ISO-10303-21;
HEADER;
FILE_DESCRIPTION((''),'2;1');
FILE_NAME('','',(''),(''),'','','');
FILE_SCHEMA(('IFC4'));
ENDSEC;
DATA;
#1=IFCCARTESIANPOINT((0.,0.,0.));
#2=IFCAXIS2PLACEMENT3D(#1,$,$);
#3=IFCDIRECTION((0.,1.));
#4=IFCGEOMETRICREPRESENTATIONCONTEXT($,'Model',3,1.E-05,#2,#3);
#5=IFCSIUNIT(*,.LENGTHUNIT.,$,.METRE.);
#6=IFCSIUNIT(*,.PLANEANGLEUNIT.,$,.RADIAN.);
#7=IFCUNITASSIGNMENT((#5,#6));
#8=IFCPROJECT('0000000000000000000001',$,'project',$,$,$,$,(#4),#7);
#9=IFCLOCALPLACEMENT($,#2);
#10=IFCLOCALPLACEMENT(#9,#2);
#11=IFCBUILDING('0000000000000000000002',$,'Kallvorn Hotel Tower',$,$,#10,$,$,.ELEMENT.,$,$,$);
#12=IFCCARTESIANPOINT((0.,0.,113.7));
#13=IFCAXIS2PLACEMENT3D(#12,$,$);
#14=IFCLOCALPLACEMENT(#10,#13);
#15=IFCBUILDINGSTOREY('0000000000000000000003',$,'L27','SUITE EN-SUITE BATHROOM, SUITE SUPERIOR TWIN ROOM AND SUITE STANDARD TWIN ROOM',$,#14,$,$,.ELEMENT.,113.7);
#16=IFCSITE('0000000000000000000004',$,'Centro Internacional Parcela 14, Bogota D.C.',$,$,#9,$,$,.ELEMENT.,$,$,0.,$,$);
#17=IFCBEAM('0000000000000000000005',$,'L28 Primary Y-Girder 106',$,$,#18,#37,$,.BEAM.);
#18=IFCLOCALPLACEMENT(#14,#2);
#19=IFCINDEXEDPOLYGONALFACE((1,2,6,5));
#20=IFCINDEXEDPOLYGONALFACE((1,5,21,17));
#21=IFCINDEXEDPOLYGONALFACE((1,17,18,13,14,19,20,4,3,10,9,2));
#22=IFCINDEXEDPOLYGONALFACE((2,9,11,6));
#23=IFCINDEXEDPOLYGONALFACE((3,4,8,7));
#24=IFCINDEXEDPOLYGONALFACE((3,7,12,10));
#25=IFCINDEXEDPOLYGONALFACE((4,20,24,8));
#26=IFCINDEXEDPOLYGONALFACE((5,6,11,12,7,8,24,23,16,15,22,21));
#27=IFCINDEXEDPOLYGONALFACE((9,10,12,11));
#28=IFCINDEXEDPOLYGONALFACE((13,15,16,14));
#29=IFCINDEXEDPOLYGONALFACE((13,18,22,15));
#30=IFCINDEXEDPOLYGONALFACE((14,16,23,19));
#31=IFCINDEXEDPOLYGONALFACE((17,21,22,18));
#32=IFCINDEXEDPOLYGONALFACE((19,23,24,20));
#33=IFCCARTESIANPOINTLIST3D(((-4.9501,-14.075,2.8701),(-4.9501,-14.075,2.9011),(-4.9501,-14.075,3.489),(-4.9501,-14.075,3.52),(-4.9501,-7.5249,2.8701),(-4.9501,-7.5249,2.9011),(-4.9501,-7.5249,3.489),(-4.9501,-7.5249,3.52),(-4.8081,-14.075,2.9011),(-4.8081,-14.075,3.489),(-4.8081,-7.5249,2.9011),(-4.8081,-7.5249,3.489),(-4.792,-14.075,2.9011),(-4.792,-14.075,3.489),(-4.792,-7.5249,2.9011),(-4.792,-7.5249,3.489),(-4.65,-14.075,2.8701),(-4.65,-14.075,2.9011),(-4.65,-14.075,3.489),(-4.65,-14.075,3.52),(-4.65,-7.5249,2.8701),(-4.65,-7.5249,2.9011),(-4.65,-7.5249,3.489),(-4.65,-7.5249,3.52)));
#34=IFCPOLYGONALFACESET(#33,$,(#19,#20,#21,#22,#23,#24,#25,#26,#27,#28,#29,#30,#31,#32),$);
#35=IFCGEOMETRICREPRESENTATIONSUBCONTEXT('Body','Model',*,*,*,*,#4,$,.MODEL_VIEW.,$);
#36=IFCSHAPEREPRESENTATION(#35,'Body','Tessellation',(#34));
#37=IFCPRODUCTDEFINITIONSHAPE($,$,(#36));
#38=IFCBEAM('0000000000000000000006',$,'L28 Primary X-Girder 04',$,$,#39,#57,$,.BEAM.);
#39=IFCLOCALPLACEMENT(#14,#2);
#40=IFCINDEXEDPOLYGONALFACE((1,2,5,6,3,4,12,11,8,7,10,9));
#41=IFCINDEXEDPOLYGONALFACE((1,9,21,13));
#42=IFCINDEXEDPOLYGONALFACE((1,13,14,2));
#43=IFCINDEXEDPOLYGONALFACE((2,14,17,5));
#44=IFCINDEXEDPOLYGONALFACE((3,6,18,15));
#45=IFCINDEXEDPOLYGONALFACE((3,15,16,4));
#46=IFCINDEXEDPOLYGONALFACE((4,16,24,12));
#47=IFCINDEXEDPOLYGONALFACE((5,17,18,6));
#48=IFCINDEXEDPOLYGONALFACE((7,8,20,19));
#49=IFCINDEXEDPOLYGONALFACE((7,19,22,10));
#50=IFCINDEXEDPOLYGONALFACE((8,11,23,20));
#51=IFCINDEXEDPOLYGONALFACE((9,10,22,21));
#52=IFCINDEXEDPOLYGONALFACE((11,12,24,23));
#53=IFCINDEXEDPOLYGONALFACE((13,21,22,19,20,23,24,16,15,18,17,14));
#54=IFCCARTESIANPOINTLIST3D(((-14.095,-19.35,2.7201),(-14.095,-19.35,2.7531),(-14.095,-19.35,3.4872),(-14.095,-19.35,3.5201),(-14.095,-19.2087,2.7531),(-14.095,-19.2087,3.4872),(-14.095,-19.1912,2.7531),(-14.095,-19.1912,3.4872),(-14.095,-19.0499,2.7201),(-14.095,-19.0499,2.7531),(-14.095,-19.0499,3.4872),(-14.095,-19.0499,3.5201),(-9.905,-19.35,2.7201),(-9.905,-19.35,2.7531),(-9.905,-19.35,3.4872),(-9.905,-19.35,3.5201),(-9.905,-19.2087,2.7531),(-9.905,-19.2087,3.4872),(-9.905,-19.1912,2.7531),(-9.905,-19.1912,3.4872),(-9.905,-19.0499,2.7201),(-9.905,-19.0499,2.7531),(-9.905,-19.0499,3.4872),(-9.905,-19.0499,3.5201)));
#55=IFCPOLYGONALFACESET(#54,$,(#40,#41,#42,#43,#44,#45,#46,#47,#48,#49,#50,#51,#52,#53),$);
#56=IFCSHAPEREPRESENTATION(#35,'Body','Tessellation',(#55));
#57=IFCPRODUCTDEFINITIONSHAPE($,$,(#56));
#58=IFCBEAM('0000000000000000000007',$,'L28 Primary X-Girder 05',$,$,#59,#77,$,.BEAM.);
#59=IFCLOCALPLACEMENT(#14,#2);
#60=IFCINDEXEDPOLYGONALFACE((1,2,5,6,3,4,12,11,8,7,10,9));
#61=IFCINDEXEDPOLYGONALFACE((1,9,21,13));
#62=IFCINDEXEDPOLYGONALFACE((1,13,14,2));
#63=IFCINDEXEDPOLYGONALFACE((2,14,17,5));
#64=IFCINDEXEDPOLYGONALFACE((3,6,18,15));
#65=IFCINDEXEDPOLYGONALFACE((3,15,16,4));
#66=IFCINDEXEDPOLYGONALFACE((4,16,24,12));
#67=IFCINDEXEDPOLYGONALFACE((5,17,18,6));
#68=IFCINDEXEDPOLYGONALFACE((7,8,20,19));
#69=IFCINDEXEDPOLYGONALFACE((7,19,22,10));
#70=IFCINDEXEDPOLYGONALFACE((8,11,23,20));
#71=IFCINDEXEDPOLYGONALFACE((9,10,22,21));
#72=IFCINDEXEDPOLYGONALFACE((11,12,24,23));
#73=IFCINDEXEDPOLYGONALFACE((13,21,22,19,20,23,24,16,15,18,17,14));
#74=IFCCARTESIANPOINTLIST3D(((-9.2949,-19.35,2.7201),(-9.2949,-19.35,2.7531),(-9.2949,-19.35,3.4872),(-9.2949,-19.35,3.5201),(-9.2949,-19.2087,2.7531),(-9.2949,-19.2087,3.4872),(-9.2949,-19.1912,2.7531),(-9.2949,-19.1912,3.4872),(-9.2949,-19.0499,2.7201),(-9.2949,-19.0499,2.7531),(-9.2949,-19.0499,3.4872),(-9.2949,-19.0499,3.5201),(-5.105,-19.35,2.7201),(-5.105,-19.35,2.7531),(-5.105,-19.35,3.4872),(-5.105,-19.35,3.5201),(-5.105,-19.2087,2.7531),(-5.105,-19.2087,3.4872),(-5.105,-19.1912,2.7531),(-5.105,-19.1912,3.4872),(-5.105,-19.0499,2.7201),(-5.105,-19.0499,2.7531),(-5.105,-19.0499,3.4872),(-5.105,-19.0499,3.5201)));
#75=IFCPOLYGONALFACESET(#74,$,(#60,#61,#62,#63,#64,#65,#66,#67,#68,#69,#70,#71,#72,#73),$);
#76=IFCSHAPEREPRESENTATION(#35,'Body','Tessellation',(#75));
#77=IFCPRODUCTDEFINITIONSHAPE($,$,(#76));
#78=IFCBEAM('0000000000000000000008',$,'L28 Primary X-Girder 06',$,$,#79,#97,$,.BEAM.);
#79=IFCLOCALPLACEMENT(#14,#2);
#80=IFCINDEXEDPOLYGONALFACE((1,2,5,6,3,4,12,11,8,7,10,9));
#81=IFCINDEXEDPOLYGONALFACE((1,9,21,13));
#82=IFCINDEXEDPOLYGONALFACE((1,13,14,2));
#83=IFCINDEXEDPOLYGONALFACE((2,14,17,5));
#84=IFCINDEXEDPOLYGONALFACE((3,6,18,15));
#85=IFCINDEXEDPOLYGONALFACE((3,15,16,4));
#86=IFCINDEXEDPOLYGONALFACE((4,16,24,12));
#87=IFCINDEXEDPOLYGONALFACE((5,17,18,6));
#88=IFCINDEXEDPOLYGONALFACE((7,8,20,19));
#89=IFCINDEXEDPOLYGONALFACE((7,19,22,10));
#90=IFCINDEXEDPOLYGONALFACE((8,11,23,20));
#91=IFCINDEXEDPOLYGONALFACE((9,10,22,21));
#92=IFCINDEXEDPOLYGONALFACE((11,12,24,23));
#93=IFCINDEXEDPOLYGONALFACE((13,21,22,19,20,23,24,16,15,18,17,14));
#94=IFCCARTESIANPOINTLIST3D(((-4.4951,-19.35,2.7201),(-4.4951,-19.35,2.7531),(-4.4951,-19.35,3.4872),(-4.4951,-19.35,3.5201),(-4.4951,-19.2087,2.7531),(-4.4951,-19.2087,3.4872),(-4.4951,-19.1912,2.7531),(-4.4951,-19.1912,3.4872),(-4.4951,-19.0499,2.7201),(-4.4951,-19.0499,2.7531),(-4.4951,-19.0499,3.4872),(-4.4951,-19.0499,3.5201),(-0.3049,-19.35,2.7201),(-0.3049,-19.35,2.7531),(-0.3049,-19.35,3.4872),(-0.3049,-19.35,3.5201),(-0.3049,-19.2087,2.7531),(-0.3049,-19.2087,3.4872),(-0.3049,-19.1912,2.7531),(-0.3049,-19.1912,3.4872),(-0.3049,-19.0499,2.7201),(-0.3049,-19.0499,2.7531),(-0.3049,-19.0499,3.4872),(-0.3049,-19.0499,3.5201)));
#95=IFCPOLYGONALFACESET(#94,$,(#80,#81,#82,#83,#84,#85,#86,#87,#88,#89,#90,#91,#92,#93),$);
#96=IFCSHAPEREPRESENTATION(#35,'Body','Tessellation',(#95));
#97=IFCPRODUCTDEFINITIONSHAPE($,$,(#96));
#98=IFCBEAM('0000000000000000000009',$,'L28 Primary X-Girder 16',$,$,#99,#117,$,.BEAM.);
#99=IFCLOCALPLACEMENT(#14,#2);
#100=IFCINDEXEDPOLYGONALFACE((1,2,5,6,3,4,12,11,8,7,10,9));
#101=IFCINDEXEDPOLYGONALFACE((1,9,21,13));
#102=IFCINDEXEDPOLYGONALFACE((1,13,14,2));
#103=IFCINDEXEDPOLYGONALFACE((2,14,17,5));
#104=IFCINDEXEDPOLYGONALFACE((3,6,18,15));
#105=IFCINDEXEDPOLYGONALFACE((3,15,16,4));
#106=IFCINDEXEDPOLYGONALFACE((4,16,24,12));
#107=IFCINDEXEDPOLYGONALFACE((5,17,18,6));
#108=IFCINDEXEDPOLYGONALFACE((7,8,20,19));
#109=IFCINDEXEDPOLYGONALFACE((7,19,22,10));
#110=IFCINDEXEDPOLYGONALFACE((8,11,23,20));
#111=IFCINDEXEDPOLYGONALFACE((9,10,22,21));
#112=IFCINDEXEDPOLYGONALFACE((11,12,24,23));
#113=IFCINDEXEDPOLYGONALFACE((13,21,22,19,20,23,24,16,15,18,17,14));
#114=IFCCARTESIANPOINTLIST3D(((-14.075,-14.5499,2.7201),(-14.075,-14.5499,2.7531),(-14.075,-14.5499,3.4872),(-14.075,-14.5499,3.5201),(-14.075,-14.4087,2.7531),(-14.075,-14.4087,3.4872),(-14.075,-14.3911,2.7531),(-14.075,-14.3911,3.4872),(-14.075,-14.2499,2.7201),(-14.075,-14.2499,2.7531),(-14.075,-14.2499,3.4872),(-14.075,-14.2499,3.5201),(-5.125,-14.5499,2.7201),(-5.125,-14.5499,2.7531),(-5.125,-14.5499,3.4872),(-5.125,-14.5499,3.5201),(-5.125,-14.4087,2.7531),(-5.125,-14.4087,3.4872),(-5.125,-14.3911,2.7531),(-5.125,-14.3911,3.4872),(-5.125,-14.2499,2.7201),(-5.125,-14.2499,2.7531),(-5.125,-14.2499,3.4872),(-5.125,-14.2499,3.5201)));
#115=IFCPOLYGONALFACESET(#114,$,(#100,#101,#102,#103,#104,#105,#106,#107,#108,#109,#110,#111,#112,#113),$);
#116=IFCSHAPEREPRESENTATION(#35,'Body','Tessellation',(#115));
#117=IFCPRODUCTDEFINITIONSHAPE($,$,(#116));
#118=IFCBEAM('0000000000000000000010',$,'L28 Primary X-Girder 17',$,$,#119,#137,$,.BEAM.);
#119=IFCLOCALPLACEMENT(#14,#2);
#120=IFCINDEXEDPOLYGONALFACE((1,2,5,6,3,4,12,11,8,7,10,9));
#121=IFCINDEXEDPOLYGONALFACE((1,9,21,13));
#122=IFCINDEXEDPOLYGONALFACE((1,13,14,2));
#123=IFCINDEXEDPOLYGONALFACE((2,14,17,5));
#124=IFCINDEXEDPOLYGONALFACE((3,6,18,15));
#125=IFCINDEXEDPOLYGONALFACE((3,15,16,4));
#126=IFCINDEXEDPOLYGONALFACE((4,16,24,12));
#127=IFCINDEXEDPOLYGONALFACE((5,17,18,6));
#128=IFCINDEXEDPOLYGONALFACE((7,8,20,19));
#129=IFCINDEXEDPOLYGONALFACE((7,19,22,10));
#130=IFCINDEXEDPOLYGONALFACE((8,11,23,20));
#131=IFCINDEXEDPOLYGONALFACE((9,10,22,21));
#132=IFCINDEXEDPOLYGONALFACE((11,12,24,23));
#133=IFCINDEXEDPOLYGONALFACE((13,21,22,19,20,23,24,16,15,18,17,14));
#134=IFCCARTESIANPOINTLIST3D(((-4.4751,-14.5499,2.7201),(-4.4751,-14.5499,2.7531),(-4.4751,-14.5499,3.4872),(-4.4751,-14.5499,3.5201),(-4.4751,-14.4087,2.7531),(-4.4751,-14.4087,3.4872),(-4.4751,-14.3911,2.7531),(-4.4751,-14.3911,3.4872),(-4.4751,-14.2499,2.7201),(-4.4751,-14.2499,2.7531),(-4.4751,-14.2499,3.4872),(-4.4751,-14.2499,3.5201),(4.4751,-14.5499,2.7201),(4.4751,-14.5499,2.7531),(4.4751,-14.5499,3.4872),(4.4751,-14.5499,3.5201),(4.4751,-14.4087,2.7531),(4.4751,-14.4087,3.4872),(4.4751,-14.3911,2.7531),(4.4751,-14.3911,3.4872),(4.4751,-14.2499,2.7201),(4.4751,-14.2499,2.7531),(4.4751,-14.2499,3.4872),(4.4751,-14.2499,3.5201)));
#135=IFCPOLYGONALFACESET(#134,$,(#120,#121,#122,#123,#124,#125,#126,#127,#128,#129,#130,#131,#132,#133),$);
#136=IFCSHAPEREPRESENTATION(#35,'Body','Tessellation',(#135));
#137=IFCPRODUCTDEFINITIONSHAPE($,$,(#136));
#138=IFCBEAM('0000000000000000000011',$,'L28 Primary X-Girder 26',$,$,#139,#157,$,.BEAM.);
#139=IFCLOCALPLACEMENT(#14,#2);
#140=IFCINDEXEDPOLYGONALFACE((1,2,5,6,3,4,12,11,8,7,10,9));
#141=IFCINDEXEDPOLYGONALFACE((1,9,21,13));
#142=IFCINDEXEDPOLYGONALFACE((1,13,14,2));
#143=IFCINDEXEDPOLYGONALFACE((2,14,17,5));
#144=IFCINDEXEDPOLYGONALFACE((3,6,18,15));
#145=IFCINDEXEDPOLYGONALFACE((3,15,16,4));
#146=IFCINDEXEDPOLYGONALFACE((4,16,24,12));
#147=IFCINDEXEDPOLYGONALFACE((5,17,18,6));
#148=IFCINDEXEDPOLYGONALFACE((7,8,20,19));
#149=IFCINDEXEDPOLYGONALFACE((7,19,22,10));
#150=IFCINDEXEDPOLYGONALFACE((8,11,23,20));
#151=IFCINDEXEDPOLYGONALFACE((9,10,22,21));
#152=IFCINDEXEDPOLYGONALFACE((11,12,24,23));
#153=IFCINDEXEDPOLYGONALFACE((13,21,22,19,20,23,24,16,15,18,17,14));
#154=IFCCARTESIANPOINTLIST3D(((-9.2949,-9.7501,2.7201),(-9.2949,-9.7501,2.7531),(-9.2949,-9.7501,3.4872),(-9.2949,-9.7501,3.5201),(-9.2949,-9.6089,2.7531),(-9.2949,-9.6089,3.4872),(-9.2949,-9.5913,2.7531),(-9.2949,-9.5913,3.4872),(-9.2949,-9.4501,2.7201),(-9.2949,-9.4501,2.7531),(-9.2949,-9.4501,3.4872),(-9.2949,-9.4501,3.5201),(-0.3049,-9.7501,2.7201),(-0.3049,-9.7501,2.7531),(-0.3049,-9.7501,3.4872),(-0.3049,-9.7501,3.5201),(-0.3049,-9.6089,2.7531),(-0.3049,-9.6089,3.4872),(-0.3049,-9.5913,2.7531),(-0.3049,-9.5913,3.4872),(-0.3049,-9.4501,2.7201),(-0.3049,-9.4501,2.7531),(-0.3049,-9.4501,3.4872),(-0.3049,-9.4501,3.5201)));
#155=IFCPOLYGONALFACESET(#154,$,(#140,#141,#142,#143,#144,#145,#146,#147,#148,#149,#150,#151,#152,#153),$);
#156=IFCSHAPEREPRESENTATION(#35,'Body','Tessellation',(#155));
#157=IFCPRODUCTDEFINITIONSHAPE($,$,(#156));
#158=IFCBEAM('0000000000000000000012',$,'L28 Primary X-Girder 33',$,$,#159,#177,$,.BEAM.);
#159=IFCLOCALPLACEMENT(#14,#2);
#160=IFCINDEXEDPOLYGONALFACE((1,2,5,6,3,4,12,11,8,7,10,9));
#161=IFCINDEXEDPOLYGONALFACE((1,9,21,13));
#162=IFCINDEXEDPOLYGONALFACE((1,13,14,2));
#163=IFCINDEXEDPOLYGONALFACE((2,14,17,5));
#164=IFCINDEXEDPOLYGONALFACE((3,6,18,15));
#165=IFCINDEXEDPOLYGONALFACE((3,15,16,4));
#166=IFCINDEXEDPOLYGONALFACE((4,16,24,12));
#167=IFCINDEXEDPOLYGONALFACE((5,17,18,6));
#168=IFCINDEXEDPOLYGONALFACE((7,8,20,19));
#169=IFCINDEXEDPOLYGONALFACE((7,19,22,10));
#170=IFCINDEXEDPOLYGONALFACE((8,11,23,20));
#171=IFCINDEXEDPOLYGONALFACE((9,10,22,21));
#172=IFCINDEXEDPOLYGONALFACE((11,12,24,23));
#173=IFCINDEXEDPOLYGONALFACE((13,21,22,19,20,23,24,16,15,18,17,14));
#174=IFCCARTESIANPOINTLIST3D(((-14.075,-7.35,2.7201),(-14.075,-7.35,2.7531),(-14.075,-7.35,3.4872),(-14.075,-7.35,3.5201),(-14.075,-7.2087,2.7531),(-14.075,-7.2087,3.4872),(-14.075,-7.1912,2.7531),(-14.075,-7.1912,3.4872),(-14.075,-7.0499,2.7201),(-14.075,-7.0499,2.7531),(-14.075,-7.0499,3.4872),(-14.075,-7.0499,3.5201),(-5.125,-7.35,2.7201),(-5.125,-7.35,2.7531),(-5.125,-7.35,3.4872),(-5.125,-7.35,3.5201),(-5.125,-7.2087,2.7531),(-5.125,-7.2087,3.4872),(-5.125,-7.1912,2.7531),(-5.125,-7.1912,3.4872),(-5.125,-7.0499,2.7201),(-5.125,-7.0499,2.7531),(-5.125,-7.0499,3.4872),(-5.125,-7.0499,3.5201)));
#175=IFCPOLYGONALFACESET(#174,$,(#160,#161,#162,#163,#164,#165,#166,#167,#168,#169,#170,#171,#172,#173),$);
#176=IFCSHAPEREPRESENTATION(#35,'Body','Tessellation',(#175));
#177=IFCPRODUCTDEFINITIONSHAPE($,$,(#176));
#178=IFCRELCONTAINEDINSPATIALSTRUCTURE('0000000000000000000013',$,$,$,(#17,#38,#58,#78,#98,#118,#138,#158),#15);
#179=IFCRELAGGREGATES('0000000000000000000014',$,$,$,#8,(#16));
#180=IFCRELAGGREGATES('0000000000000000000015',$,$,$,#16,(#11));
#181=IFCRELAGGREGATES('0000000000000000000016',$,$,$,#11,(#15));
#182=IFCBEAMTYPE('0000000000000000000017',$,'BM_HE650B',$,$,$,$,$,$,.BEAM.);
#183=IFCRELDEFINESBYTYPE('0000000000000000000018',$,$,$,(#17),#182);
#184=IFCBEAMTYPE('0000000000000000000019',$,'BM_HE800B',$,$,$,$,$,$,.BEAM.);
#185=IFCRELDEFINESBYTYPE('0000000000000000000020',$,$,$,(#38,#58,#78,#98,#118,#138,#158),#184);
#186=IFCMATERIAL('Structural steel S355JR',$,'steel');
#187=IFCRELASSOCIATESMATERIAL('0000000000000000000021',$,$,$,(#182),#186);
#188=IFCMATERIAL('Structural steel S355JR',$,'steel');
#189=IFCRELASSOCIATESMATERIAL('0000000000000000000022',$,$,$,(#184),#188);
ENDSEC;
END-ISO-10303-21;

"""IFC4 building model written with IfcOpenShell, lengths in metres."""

from ifc_helpers import new_model, si_unit, direction, frame, origin, origin_2d, place, context, subcontext, project, spatial, i_section, extrude, material, material_profile, profile_set, type_object, element, save


model = new_model("IFC4")

# Units and contexts
model_context = context("Model", 3, precision=1e-05, world=origin(), true_north=direction((0.0, 1.0)))
body_context = subcontext(model_context, "Body", "Model", "MODEL_VIEW")
ifc_project = project(units=[si_unit("LENGTHUNIT", "METRE"), si_unit("PLANEANGLEUNIT", "RADIAN")], contexts=[model_context])

# Site, building, storey
site_placement = place(None, origin())
site = spatial("IfcSite", under=ifc_project, at=site_placement, Name="Centro Internacional Parcela 14, Bogota D.C.", CompositionType="ELEMENT", RefElevation=0.0)
building_placement = place(site_placement, origin())
building = spatial("IfcBuilding", under=site, at=building_placement, Name="Kallvorn Hotel Tower", CompositionType="ELEMENT")
storey_placement = place(building_placement, frame((0.0, 0.0, 113.7)))
storey = spatial("IfcBuildingStorey", under=building, at=storey_placement, Name="L27", Description="SUITE EN-SUITE BATHROOM, SUITE SUPERIOR TWIN ROOM AND SUITE STANDARD TWIN ROOM", CompositionType="ELEMENT", Elevation=113.7)

# Beams
ifc_material_1 = material(Name="Structural steel S355JR", Category="steel")
ifc_material_profile_1 = material_profile(ifc_material_1, i_section(OverallWidth=0.3, OverallDepth=0.6499, WebThickness=0.0161, FlangeThickness=0.031, at=origin_2d()), Name="HE 650 B")
ifc_profile_set_1 = profile_set([ifc_material_profile_1], Name="Structural steel S355JR")
beam_type_1 = type_object("IfcBeamType", Name="BM_HE650B", PredefinedType="BEAM", material=ifc_profile_set_1)
beam_1_placement = place(storey_placement, frame((-4.8, -14.075, 3.1951), z_axis=(0.0, 1.0, 0.0), x_axis=(-1.0, 0.0, 0.0)))
element("IfcBeam", 1, at=beam_1_placement, inside=storey, type_object=beam_type_1, Name="L28 Primary Y-Girder 106", PredefinedType="BEAM", context=body_context, shape_type="SweptSolid", body=[
    extrude(i_section(OverallWidth=0.3, OverallDepth=0.6499, WebThickness=0.0161, FlangeThickness=0.031, at=origin_2d()), origin(), (0.0, 0.0, 1.0), 6.55),
])
ifc_material_2 = material(Name="Structural steel S355JR", Category="steel")
ifc_material_profile_2 = material_profile(ifc_material_2, i_section(OverallWidth=0.3, OverallDepth=0.8, WebThickness=0.0176, FlangeThickness=0.033, at=origin_2d()), Name="HE 800 B")
ifc_profile_set_2 = profile_set([ifc_material_profile_2], Name="Structural steel S355JR")
beam_type_2 = type_object("IfcBeamType", Name="BM_HE800B", PredefinedType="BEAM", material=ifc_profile_set_2)
for number, where, z_axis, x_axis, name in (
    (2, (-14.095, -19.2, 3.1201), (1.0, 0.0, 0.0), (0.0, 1.0, 0.0), "L28 Primary X-Girder 04"),
    (3, (-9.2949, -19.2, 3.1201), (1.0, 0.0, 0.0), (0.0, 1.0, 0.0), "L28 Primary X-Girder 05"),
):
    element("IfcBeam", number, at=place(storey_placement, frame(where, z_axis=z_axis, x_axis=x_axis)), inside=storey, type_object=beam_type_2, Name=name, PredefinedType="BEAM", context=body_context, shape_type="SweptSolid", body=[
        extrude(i_section(OverallWidth=0.3, OverallDepth=0.8, WebThickness=0.0176, FlangeThickness=0.033, at=origin_2d()), origin(), (0.0, 0.0, 1.0), 4.1899),
    ])
beam_2_placement = place(storey_placement, frame((-4.4951, -19.2, 3.1201), z_axis=(1.0, 0.0, 0.0), x_axis=(0.0, 1.0, 0.0)))
element("IfcBeam", 4, at=beam_2_placement, inside=storey, type_object=beam_type_2, Name="L28 Primary X-Girder 06", PredefinedType="BEAM", context=body_context, shape_type="SweptSolid", body=[
    extrude(i_section(OverallWidth=0.3, OverallDepth=0.8, WebThickness=0.0176, FlangeThickness=0.033, at=origin_2d()), origin(), (0.0, 0.0, 1.0), 4.1902),
])
beam_3_placement = place(storey_placement, frame((-14.075, -14.3999, 3.1201), z_axis=(1.0, 0.0, 0.0), x_axis=(0.0, 1.0, 0.0)))
element("IfcBeam", 5, at=beam_3_placement, inside=storey, type_object=beam_type_2, Name="L28 Primary X-Girder 16", PredefinedType="BEAM", context=body_context, shape_type="SweptSolid", body=[
    extrude(i_section(OverallWidth=0.3, OverallDepth=0.8, WebThickness=0.0176, FlangeThickness=0.033, at=origin_2d()), origin(), (0.0, 0.0, 1.0), 8.95),
])
beam_4_placement = place(storey_placement, frame((-4.4751, -14.3999, 3.1201), z_axis=(1.0, 0.0, 0.0), x_axis=(0.0, 1.0, 0.0)))
element("IfcBeam", 6, at=beam_4_placement, inside=storey, type_object=beam_type_2, Name="L28 Primary X-Girder 17", PredefinedType="BEAM", context=body_context, shape_type="SweptSolid", body=[
    extrude(i_section(OverallWidth=0.3, OverallDepth=0.8, WebThickness=0.0176, FlangeThickness=0.033, at=origin_2d()), origin(), (0.0, 0.0, 1.0), 8.9502),
])
beam_5_placement = place(storey_placement, frame((-9.2949, -9.6001, 3.1201), z_axis=(1.0, 0.0, 0.0), x_axis=(0.0, 1.0, 0.0)))
element("IfcBeam", 7, at=beam_5_placement, inside=storey, type_object=beam_type_2, Name="L28 Primary X-Girder 26", PredefinedType="BEAM", context=body_context, shape_type="SweptSolid", body=[
    extrude(i_section(OverallWidth=0.3, OverallDepth=0.8, WebThickness=0.0176, FlangeThickness=0.033, at=origin_2d()), origin(), (0.0, 0.0, 1.0), 8.99),
])
beam_6_placement = place(storey_placement, frame((-14.075, -7.2, 3.1201), z_axis=(1.0, 0.0, 0.0), x_axis=(0.0, 1.0, 0.0)))
element("IfcBeam", 8, at=beam_6_placement, inside=storey, type_object=beam_type_2, Name="L28 Primary X-Girder 33", PredefinedType="BEAM", context=body_context, shape_type="SweptSolid", body=[
    extrude(i_section(OverallWidth=0.3, OverallDepth=0.8, WebThickness=0.0176, FlangeThickness=0.033, at=origin_2d()), origin(), (0.0, 0.0, 1.0), 8.95),
])

save(model, "model.ifc")
